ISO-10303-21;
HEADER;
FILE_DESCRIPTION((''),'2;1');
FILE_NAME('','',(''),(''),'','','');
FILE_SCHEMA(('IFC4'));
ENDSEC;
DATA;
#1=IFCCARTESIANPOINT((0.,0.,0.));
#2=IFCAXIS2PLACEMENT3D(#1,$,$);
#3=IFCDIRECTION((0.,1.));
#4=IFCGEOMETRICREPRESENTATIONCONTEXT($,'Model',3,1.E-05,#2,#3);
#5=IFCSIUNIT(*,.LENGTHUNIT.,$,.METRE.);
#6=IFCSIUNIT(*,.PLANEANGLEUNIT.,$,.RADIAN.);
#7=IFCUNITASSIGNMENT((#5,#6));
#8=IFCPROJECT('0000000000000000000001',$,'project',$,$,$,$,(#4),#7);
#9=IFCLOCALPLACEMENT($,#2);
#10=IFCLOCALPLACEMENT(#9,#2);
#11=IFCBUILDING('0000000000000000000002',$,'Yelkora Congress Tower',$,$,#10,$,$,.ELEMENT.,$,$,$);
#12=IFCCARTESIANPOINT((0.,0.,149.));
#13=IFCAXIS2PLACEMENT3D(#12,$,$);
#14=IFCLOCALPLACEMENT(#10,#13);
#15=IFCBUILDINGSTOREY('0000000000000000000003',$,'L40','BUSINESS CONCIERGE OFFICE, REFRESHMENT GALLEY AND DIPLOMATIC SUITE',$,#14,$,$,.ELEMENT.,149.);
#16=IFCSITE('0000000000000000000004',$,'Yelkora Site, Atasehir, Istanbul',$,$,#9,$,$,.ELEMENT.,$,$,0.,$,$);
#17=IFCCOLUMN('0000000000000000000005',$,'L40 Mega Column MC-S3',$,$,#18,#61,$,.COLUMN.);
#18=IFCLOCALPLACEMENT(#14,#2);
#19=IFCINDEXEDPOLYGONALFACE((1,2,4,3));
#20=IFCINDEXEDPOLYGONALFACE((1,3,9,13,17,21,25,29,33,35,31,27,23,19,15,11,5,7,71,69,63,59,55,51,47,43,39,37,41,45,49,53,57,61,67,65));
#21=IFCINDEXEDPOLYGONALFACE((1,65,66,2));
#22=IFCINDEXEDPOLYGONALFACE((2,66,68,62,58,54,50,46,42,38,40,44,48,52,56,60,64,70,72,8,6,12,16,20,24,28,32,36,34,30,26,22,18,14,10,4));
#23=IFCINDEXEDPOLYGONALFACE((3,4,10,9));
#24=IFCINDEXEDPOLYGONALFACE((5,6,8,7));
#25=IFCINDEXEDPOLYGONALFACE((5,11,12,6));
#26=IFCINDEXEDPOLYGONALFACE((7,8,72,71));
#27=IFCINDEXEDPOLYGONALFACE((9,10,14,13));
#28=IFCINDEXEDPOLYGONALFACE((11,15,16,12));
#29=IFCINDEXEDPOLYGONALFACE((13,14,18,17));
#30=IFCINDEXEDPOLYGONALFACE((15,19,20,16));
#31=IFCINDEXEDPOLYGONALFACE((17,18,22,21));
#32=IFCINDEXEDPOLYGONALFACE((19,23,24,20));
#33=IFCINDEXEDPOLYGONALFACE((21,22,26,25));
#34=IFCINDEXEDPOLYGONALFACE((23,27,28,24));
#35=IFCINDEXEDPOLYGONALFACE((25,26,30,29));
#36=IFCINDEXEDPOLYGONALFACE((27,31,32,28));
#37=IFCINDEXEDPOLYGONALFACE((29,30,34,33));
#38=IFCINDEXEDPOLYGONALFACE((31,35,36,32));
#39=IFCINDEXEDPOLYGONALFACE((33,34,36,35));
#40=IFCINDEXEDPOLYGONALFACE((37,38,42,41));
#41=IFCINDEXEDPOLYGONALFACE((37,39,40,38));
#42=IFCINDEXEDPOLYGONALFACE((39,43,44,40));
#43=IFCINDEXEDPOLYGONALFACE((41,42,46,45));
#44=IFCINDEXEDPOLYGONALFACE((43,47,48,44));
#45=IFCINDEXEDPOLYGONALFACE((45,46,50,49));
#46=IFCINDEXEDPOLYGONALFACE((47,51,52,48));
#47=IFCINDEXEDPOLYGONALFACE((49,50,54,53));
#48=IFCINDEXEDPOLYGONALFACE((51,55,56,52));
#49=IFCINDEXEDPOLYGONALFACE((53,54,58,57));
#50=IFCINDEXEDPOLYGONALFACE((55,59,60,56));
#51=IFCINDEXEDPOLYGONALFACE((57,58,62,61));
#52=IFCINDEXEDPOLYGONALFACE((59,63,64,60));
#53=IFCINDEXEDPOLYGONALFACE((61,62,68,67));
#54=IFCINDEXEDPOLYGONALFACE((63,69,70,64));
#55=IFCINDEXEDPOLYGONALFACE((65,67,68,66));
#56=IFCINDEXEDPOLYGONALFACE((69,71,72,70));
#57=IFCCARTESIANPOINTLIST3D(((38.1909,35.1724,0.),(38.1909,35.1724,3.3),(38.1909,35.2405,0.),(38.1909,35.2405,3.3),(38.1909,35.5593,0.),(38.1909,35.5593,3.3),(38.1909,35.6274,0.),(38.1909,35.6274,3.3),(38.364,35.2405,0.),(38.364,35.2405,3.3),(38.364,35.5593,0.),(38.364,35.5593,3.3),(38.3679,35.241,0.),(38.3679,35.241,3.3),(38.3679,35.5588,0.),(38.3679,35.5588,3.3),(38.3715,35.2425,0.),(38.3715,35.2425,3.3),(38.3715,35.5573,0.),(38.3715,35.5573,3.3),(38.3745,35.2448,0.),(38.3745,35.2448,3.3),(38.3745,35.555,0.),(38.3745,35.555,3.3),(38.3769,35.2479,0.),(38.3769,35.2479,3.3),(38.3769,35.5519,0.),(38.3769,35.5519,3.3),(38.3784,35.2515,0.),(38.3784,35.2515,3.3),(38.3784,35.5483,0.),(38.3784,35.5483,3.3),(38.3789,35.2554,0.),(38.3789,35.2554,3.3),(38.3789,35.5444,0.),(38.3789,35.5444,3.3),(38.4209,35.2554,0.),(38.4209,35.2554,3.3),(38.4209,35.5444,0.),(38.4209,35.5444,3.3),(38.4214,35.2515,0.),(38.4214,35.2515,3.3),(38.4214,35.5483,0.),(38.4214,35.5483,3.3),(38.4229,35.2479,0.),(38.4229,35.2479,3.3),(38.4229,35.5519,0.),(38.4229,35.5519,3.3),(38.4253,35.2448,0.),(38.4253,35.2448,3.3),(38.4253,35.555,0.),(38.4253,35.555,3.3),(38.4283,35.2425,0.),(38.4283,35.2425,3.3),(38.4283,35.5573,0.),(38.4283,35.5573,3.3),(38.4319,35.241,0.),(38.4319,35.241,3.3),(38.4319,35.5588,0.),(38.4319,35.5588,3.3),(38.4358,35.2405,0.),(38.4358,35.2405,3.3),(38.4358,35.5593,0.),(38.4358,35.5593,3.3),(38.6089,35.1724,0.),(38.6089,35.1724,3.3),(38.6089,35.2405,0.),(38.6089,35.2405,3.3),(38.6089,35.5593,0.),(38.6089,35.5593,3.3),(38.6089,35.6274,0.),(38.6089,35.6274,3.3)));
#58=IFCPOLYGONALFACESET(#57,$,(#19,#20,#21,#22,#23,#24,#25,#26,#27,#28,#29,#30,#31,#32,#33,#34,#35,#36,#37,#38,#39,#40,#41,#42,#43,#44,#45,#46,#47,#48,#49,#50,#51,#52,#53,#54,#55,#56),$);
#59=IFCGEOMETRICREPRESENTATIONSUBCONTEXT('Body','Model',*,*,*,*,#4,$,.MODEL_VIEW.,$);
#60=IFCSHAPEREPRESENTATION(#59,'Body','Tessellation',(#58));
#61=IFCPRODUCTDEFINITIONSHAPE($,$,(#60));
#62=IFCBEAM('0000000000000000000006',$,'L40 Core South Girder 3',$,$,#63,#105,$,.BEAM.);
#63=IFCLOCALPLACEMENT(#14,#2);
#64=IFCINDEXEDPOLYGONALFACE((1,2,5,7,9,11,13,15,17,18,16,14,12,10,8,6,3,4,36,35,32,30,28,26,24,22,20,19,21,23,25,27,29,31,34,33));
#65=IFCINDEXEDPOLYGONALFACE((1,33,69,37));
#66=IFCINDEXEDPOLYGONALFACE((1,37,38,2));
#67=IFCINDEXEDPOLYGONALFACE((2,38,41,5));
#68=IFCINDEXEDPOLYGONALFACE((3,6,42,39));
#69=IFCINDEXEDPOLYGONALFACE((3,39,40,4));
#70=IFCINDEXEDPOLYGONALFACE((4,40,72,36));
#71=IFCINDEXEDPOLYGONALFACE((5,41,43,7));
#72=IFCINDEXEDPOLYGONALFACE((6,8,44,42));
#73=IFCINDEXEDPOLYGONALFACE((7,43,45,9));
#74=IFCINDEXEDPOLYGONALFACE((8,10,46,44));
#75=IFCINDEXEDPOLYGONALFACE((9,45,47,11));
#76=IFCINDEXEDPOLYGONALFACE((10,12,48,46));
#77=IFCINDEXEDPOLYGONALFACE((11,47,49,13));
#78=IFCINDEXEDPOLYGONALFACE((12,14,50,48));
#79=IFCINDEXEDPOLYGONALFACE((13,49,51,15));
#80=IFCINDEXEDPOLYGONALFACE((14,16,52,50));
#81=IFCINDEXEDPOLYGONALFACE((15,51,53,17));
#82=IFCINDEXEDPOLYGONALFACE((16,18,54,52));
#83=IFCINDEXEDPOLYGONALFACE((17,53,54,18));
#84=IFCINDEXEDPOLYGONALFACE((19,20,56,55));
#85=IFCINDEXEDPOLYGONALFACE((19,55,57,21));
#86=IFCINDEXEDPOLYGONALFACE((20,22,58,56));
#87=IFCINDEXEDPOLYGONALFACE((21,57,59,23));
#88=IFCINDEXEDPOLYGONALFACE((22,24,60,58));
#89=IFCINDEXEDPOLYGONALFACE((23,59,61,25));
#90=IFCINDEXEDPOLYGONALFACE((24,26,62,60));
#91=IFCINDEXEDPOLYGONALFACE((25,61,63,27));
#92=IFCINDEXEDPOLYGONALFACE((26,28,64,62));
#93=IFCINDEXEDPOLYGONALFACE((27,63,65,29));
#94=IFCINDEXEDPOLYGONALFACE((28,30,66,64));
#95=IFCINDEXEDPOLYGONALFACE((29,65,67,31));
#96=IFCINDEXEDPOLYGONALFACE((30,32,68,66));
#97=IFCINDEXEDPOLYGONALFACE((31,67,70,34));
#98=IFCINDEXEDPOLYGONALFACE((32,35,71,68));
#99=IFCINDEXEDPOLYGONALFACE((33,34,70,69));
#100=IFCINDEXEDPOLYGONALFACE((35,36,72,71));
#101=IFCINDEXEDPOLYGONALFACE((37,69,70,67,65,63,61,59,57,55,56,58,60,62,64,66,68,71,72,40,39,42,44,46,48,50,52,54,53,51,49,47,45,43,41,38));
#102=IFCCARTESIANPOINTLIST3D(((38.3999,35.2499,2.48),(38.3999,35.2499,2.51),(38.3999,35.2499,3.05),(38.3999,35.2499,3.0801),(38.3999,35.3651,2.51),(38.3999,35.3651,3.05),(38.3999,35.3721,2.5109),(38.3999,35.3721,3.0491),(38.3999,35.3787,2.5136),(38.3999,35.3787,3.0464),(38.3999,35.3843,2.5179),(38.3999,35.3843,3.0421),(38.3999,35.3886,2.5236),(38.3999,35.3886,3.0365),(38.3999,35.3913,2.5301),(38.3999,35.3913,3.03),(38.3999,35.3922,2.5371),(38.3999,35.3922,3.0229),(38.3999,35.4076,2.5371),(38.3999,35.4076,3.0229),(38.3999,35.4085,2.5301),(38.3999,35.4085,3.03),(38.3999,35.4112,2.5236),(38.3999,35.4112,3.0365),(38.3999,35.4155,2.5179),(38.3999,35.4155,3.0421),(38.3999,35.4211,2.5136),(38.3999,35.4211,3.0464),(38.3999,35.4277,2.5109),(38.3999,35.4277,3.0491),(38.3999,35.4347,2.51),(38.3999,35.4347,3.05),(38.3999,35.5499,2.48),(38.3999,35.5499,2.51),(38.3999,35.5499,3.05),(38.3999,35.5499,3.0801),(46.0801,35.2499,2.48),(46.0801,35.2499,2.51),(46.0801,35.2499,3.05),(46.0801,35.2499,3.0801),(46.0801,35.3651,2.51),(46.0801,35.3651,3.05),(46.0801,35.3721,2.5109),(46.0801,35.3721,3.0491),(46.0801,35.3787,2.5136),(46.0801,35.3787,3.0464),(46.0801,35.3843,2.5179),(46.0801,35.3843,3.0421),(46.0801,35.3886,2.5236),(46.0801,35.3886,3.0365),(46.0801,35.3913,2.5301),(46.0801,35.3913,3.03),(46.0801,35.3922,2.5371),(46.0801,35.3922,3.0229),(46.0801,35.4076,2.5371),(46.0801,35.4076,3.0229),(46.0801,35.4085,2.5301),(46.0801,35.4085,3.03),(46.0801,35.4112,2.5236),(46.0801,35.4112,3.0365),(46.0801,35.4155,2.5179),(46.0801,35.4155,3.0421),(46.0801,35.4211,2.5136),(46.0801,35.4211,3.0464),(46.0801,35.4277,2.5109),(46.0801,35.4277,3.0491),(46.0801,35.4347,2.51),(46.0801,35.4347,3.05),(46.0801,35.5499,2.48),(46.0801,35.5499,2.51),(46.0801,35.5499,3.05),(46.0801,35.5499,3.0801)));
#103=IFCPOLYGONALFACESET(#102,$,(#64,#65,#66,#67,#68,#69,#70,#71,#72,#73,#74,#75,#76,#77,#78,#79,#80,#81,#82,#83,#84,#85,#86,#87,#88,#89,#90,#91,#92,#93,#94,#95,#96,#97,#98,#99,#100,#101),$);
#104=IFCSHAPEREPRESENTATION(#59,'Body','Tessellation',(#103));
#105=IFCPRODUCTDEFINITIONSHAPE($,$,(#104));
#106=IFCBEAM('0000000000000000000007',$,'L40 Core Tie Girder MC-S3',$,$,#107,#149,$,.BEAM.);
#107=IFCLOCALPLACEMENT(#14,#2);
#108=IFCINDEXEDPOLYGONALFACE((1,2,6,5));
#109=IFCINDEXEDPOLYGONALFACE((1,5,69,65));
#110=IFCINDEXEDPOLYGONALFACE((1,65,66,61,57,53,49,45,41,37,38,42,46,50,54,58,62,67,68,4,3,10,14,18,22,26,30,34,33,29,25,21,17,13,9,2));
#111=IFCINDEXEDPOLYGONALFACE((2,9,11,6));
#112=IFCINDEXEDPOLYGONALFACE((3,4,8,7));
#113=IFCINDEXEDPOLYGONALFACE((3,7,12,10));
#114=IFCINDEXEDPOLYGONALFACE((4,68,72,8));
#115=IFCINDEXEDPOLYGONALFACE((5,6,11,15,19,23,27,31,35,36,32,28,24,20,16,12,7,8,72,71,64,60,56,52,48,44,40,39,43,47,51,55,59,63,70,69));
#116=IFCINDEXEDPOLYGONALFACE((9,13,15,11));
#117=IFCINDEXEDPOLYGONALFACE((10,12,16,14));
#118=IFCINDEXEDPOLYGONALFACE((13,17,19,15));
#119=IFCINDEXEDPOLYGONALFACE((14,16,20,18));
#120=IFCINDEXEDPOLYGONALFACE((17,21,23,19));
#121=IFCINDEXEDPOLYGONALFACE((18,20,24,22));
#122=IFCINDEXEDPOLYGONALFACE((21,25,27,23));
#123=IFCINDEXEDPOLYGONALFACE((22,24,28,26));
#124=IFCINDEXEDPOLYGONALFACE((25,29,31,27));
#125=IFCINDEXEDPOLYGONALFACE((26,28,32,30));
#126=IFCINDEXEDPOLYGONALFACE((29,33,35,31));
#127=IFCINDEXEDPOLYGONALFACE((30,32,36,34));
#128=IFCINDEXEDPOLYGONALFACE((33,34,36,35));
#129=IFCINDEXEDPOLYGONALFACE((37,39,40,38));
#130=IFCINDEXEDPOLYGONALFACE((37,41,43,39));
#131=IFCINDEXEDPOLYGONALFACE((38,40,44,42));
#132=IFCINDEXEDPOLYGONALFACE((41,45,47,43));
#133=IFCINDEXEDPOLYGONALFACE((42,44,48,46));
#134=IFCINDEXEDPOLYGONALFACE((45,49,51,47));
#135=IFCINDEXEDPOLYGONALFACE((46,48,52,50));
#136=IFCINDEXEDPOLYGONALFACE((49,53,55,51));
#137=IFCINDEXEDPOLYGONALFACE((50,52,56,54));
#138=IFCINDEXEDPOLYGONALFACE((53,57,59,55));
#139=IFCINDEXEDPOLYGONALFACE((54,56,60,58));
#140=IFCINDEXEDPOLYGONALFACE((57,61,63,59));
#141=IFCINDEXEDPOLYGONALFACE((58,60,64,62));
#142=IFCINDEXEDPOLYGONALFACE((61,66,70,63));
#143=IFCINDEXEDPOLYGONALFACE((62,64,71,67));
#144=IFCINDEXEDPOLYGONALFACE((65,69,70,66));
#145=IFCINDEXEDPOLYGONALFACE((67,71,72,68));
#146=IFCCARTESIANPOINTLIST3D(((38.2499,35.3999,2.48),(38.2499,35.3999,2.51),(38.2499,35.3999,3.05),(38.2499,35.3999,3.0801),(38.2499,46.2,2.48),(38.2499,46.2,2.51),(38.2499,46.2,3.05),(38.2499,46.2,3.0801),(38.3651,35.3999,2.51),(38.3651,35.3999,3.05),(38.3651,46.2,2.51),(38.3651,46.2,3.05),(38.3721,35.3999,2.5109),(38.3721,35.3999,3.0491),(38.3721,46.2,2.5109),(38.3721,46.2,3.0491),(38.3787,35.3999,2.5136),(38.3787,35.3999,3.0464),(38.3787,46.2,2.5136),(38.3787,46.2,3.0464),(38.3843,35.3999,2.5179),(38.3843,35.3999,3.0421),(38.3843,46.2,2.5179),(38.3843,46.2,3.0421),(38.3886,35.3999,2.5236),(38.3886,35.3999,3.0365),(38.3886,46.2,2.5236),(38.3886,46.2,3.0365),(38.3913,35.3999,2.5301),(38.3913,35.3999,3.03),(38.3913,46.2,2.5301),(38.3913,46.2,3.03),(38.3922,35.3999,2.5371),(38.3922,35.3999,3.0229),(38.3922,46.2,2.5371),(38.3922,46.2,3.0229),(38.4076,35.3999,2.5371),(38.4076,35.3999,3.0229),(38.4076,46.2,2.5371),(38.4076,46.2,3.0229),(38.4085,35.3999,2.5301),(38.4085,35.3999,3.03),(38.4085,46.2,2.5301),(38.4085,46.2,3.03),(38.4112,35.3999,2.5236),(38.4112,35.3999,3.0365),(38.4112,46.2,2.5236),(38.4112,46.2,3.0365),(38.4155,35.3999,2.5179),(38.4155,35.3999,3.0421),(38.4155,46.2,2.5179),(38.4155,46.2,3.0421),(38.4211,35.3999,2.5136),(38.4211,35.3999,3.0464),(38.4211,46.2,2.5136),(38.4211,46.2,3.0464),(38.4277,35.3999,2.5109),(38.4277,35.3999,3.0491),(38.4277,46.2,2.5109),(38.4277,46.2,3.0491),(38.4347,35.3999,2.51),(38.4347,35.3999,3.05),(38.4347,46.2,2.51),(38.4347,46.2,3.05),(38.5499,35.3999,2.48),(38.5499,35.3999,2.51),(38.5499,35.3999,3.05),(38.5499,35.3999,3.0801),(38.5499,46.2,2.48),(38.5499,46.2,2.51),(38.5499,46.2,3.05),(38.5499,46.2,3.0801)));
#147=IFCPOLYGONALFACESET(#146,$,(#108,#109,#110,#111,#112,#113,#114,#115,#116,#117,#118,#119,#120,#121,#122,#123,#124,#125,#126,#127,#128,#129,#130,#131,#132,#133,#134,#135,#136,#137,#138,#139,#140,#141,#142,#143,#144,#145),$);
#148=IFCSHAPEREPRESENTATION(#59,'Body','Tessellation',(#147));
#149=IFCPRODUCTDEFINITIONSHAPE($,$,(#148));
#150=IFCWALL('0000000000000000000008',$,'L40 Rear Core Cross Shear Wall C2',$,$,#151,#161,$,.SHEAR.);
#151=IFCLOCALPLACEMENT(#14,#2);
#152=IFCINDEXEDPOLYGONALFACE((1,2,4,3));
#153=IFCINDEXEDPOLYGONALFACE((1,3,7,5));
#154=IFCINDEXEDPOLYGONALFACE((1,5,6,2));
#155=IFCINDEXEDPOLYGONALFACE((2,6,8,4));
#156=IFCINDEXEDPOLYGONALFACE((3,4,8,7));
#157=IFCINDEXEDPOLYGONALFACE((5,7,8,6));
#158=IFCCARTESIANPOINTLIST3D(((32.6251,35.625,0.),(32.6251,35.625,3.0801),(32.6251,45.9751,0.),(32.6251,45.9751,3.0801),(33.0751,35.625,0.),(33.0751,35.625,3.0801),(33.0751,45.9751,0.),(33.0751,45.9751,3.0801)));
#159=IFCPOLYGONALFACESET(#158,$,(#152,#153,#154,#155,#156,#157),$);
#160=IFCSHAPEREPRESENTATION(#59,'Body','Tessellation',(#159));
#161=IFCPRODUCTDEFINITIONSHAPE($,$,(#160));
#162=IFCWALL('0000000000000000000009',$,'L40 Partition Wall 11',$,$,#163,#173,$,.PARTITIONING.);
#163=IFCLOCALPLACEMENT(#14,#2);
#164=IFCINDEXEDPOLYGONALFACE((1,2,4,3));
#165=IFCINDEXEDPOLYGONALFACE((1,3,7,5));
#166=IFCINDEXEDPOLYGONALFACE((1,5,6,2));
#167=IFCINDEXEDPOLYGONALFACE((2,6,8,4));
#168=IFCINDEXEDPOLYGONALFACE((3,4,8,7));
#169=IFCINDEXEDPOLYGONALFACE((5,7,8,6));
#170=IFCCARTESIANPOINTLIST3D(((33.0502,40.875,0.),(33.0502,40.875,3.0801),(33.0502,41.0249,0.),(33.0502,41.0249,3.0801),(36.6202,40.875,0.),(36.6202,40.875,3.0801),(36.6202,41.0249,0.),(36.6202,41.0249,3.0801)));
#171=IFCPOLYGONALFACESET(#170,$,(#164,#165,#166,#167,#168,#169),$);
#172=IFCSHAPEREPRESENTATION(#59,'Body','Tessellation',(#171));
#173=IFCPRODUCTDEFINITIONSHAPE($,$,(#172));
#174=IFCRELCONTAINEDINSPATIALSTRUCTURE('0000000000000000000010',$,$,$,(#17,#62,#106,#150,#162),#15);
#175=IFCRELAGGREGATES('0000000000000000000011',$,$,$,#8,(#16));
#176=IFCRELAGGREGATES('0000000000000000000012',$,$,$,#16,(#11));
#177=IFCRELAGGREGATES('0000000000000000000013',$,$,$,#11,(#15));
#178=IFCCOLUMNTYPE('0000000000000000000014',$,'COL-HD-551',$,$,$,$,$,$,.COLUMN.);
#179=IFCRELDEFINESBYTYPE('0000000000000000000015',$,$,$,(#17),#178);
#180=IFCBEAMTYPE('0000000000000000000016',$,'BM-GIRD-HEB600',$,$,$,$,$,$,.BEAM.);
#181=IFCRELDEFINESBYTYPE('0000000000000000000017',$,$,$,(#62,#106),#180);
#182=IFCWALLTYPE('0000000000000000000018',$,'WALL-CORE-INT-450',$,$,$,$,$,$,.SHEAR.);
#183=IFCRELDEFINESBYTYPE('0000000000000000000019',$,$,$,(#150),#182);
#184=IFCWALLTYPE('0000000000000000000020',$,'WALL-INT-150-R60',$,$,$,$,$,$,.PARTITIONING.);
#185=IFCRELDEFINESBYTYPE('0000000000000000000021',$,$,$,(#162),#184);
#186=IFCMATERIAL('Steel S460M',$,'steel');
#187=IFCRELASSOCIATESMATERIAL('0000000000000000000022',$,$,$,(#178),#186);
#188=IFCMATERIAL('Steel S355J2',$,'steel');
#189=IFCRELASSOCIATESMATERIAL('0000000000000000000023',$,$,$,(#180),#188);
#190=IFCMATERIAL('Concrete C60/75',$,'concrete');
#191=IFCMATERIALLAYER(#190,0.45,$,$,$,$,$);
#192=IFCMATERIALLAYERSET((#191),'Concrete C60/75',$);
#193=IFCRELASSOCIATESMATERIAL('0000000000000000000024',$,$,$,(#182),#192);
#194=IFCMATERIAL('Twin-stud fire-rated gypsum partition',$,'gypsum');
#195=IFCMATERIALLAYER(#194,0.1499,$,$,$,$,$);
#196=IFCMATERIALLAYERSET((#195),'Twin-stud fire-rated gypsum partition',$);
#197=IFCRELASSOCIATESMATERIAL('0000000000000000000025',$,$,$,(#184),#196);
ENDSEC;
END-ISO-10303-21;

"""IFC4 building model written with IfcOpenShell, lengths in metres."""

from ifc_helpers import new_model, si_unit, direction, frame, frame_2d, origin, origin_2d, place, context, subcontext, project, spatial, rectangle, i_section, extrude, material, layer, layer_set, material_profile, profile_set, type_object, element, save


model = new_model("IFC4")

# Units and contexts
model_context = context("Model", 3, precision=1e-05, world=origin(), true_north=direction((0.0, 1.0)))
body_context = subcontext(model_context, "Body", "Model", "MODEL_VIEW")
ifc_project = project(units=[si_unit("LENGTHUNIT", "METRE"), si_unit("PLANEANGLEUNIT", "RADIAN")], contexts=[model_context])

# Site, building, storey
site_placement = place(None, origin())
site = spatial("IfcSite", under=ifc_project, at=site_placement, Name="Yelkora Site, Atasehir, Istanbul", CompositionType="ELEMENT", RefElevation=0.0)
building_placement = place(site_placement, origin())
building = spatial("IfcBuilding", under=site, at=building_placement, Name="Yelkora Congress Tower", CompositionType="ELEMENT")
storey_placement = place(building_placement, frame((0.0, 0.0, 149.0)))
storey = spatial("IfcBuildingStorey", under=building, at=storey_placement, Name="L40", Description="BUSINESS CONCIERGE OFFICE, REFRESHMENT GALLEY AND DIPLOMATIC SUITE", CompositionType="ELEMENT", Elevation=149.0)

# Column
ifc_material_1 = material(Name="Steel S460M", Category="steel")
ifc_material_profile_1 = material_profile(ifc_material_1, i_section(OverallWidth=0.418, OverallDepth=0.4551, WebThickness=0.042, FlangeThickness=0.0681, FilletRadius=0.0149, at=origin_2d()), Name="HD 400x551")
ifc_profile_set_1 = profile_set([ifc_material_profile_1], Name="Steel S460M")
column_type = type_object("IfcColumnType", Name="COL-HD-551", PredefinedType="COLUMN", material=ifc_profile_set_1)
column_placement = place(storey_placement, frame((38.3999, 35.3999, 0.0), z_axis=(0.0, 0.0, 1.0), x_axis=(1.0, 0.0, 0.0)))
element("IfcColumn", 1, at=column_placement, inside=storey, type_object=column_type, Name="L40 Mega Column MC-S3", PredefinedType="COLUMN", context=body_context, shape_type="SweptSolid", body=[
    extrude(i_section(OverallWidth=0.418, OverallDepth=0.4551, WebThickness=0.042, FlangeThickness=0.0681, FilletRadius=0.0149, at=origin_2d()), origin(), (0.0, 0.0, 1.0), 3.3),
])

# Beams
ifc_material_2 = material(Name="Steel S355J2", Category="steel")
ifc_material_profile_2 = material_profile(ifc_material_2, i_section(OverallWidth=0.3, OverallDepth=0.6001, WebThickness=0.0154, FlangeThickness=0.03, FilletRadius=0.0271, at=origin_2d()), Name="HEB 600")
ifc_profile_set_2 = profile_set([ifc_material_profile_2], Name="Steel S355J2")
beam_type = type_object("IfcBeamType", Name="BM-GIRD-HEB600", PredefinedType="BEAM", material=ifc_profile_set_2)
beam_1_placement = place(storey_placement, frame((38.3999, 35.3999, 2.78), z_axis=(1.0, 0.0, 0.0), x_axis=(0.0, 1.0, 0.0)))
element("IfcBeam", 2, at=beam_1_placement, inside=storey, type_object=beam_type, Name="L40 Core South Girder 3", PredefinedType="BEAM", context=body_context, shape_type="SweptSolid", body=[
    extrude(i_section(OverallWidth=0.3, OverallDepth=0.6001, WebThickness=0.0154, FlangeThickness=0.03, FilletRadius=0.0271, at=origin_2d()), origin(), (0.0, 0.0, 1.0), 7.6802),
])
beam_2_placement = place(storey_placement, frame((38.3999, 35.3999, 2.78), z_axis=(0.0, 1.0, 0.0), x_axis=(-1.0, 0.0, 0.0)))
element("IfcBeam", 3, at=beam_2_placement, inside=storey, type_object=beam_type, Name="L40 Core Tie Girder MC-S3", PredefinedType="BEAM", context=body_context, shape_type="SweptSolid", body=[
    extrude(i_section(OverallWidth=0.3, OverallDepth=0.6001, WebThickness=0.0154, FlangeThickness=0.03, FilletRadius=0.0271, at=origin_2d()), origin(), (0.0, 0.0, 1.0), 10.8),
])

# Shared definitions
ifc_material_3 = material(Name="Concrete C60/75", Category="concrete")
ifc_layer_1 = layer(ifc_material_3, 0.45)
ifc_layer_set_1 = layer_set([ifc_layer_1], Name="Concrete C60/75")
wall_type_1 = type_object("IfcWallType", Name="WALL-CORE-INT-450", PredefinedType="SHEAR", material=ifc_layer_set_1)

# Walls
wall_1_placement = place(storey_placement, frame((32.8501, 35.625, 0.0), z_axis=(0.0, 0.0, 1.0), x_axis=(0.0, 1.0, 0.0)))
element("IfcWall", 4, at=wall_1_placement, inside=storey, type_object=wall_type_1, Name="L40 Rear Core Cross Shear Wall C2", PredefinedType="SHEAR", context=body_context, shape_type="SweptSolid", body=[
    extrude(rectangle(XDim=10.3501, YDim=0.45, at=frame_2d((5.175, 0.0))), origin(), (0.0, 0.0, 1.0), 3.0801),
])
ifc_material_4 = material(Name="Twin-stud fire-rated gypsum partition", Category="gypsum")
ifc_layer_2 = layer(ifc_material_4, 0.1499)
ifc_layer_set_2 = layer_set([ifc_layer_2], Name="Twin-stud fire-rated gypsum partition")
wall_type_2 = type_object("IfcWallType", Name="WALL-INT-150-R60", PredefinedType="PARTITIONING", material=ifc_layer_set_2)
wall_2_placement = place(storey_placement, frame((33.05, 40.95, 0.0), z_axis=(0.0, 0.0, 1.0), x_axis=(1.0, 0.0, 0.0)))
element("IfcWall", 5, at=wall_2_placement, inside=storey, type_object=wall_type_2, Name="L40 Partition Wall 11", PredefinedType="PARTITIONING", context=body_context, shape_type="SweptSolid", body=[
    extrude(rectangle(XDim=3.5701, YDim=0.1499, at=frame_2d((1.7852, 0.0))), origin(), (0.0, 0.0, 1.0), 3.0801),
])

save(model, "model.ifc")
